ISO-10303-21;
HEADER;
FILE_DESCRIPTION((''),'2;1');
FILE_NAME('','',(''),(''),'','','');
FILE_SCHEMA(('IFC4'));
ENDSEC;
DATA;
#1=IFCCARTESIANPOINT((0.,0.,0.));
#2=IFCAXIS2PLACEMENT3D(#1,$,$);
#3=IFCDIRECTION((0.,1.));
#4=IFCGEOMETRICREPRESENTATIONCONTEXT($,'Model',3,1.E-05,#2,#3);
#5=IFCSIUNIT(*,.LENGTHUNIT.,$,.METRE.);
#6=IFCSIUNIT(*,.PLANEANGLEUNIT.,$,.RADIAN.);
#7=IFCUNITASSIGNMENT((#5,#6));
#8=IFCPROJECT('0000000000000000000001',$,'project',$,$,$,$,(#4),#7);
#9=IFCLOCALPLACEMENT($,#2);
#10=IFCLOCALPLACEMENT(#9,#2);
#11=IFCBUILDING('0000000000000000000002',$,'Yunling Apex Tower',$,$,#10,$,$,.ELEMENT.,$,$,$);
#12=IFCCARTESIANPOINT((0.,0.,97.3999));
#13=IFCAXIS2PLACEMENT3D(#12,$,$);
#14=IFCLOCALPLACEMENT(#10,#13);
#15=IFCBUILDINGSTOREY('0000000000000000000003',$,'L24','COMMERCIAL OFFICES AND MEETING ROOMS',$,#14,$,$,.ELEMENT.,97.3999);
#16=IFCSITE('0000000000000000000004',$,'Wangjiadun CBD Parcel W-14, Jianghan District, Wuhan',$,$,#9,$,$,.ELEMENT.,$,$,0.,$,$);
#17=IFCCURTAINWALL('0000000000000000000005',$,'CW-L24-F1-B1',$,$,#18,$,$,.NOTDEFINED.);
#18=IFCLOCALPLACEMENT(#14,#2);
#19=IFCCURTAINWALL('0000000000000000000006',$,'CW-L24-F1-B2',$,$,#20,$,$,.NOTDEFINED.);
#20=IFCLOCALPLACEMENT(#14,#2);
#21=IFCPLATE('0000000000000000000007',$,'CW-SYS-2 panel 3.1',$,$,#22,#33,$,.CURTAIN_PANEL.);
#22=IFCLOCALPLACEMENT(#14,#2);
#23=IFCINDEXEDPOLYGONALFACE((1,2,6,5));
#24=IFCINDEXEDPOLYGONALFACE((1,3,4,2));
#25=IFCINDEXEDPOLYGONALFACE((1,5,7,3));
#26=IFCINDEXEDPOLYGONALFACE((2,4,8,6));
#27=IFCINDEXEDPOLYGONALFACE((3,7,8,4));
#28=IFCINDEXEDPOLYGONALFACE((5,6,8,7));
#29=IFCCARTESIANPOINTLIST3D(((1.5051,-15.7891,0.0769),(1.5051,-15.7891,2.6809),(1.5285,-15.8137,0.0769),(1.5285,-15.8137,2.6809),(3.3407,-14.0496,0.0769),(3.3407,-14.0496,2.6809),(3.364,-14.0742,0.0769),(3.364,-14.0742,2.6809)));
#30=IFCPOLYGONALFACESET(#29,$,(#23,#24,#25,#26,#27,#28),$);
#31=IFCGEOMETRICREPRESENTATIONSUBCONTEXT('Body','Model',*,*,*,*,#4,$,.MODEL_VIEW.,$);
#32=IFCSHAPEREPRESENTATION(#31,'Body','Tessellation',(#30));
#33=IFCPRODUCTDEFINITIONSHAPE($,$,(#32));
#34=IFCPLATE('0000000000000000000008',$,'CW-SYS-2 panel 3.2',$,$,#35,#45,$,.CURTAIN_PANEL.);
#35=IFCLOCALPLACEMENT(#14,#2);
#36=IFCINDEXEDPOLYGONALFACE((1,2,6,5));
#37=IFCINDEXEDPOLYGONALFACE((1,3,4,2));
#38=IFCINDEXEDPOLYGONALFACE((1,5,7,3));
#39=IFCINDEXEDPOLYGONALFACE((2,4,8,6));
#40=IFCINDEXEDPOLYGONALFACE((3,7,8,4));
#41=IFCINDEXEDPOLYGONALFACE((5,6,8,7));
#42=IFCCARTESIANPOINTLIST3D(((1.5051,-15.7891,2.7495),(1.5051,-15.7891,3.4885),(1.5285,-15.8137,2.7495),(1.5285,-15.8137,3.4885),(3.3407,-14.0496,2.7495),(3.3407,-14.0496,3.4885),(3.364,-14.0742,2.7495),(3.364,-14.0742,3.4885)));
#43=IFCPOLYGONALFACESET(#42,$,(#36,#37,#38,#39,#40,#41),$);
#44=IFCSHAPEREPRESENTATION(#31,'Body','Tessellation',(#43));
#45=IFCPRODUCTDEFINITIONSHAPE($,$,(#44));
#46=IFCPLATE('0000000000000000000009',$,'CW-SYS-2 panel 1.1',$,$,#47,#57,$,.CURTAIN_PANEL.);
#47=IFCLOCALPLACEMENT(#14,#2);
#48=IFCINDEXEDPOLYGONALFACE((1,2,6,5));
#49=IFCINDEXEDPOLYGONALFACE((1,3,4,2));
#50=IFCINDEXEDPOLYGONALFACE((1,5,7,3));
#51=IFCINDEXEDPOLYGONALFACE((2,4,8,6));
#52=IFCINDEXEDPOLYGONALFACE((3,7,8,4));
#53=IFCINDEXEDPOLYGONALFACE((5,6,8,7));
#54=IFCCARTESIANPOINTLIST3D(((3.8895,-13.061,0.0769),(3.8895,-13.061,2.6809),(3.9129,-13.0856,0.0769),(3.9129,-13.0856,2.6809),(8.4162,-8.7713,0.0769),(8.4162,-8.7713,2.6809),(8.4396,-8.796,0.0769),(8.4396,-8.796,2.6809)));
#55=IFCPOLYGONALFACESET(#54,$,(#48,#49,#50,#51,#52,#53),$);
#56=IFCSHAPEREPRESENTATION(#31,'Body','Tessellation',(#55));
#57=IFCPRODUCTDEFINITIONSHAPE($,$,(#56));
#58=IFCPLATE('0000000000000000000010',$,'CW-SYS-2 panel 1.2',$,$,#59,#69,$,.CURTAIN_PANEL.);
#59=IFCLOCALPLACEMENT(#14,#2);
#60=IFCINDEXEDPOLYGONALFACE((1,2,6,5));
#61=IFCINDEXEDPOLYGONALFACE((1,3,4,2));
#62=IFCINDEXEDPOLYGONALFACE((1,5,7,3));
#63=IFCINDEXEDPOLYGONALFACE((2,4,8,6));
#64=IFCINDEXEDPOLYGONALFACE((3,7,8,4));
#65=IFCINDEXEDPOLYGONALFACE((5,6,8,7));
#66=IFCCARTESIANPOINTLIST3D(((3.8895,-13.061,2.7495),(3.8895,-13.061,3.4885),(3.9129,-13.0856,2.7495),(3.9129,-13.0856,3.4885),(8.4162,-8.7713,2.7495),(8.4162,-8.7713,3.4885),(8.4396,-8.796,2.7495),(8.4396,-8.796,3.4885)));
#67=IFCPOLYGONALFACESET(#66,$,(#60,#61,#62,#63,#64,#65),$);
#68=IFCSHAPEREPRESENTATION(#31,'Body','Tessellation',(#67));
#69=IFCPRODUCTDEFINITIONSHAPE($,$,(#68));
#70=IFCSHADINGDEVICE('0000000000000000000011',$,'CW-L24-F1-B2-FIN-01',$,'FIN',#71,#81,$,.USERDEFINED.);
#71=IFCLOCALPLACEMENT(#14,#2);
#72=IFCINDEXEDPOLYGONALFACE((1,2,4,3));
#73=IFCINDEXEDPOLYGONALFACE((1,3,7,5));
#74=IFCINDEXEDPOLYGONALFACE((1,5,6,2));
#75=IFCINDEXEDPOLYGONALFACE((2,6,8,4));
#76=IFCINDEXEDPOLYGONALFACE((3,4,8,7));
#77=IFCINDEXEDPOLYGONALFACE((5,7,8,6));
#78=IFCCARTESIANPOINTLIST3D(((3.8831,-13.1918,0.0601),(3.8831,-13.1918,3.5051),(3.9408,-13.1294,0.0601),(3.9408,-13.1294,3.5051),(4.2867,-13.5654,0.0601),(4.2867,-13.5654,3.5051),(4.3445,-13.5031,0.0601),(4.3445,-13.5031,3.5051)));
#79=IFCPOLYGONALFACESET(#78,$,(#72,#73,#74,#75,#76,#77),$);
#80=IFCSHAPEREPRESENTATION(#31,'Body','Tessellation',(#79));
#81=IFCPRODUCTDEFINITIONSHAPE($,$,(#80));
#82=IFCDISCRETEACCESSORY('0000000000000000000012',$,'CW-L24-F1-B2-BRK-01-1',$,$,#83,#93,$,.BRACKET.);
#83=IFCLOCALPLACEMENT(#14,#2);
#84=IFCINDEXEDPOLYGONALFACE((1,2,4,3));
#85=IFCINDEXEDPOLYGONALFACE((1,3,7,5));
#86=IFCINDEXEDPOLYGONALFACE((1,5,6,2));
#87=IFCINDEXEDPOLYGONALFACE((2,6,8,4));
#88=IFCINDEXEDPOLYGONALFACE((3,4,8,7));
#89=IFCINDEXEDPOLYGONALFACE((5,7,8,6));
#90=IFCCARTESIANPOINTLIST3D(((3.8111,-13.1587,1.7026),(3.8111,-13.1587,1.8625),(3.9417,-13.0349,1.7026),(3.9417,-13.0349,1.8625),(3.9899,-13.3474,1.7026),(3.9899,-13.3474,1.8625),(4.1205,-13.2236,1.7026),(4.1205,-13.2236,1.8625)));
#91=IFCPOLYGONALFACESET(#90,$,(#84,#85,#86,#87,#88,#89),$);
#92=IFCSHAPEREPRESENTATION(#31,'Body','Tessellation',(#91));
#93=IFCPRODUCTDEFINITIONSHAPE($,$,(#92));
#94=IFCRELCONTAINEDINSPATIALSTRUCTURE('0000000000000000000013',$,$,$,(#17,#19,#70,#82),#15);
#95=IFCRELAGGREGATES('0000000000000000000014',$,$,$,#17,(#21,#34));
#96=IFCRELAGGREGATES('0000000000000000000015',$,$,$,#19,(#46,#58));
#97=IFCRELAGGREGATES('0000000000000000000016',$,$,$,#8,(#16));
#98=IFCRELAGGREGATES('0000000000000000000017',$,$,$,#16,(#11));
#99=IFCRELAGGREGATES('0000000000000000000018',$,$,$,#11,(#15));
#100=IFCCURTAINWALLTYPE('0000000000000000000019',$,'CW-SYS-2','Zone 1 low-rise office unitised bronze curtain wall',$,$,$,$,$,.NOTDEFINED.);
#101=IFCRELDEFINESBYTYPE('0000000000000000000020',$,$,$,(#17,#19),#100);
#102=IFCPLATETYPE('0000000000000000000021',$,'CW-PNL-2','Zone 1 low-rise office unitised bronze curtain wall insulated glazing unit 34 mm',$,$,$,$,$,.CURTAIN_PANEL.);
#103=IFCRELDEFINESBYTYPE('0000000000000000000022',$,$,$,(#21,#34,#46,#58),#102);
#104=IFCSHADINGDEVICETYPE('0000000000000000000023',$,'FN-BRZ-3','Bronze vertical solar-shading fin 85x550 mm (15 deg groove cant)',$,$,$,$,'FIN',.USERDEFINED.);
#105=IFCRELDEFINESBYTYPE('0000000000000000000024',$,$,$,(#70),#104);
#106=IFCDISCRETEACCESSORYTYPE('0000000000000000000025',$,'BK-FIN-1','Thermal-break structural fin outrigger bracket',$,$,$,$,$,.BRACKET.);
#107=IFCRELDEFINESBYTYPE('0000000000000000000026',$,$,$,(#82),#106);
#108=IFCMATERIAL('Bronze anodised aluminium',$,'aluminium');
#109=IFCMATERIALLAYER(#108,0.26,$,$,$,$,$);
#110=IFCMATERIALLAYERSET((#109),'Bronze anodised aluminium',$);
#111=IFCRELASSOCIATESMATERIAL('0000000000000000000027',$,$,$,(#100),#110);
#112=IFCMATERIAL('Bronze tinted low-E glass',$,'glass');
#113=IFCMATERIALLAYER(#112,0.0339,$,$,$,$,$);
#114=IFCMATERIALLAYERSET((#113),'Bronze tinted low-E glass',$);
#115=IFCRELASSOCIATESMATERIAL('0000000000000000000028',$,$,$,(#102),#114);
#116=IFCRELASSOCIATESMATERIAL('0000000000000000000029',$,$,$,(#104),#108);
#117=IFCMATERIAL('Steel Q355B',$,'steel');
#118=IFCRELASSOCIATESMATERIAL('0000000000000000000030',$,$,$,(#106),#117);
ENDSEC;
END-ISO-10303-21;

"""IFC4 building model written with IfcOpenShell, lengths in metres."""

from ifc_helpers import new_model, si_unit, direction, frame, origin, origin_2d, place, context, subcontext, project, spatial, rectangle, extrude, source, transform, mapped, material, layer, layer_set, material_profile, profile_set, type_object, element, aggregate, save


model = new_model("IFC4")

# Units and contexts
model_context = context("Model", 3, precision=1e-05, world=origin(), true_north=direction((0.0, 1.0)))
body_context = subcontext(model_context, "Body", "Model", "MODEL_VIEW")
ifc_project = project(units=[si_unit("LENGTHUNIT", "METRE"), si_unit("PLANEANGLEUNIT", "RADIAN")], contexts=[model_context])

# Site, building, storey
site_placement = place(None, origin())
site = spatial("IfcSite", under=ifc_project, at=site_placement, Name="Wangjiadun CBD Parcel W-14, Jianghan District, Wuhan", CompositionType="ELEMENT", RefElevation=0.0)
building_placement = place(site_placement, origin())
building = spatial("IfcBuilding", under=site, at=building_placement, Name="Yunling Apex Tower", CompositionType="ELEMENT")
storey_placement = place(building_placement, frame((0.0, 0.0, 97.3999)))
storey = spatial("IfcBuildingStorey", under=building, at=storey_placement, Name="L24", Description="COMMERCIAL OFFICES AND MEETING ROOMS", CompositionType="ELEMENT", Elevation=97.3999)

# Shared definitions
ifc_material_1 = material(Name="Steel Q355B", Category="steel")

# Curtain walls
ifc_material_2 = material(Name="Bronze anodised aluminium", Category="aluminium")
ifc_layer_1 = layer(ifc_material_2, 0.26)
ifc_layer_set_1 = layer_set([ifc_layer_1], Name="Bronze anodised aluminium")
curtain_wall_type = type_object("IfcCurtainWallType", Name="CW-SYS-2", Description="Zone 1 low-rise office unitised bronze curtain wall", PredefinedType="NOTDEFINED", material=ifc_layer_set_1)
curtain_wall_1_placement = place(storey_placement, origin())
curtain_wall_1 = element("IfcCurtainWall", 1, at=curtain_wall_1_placement, inside=storey, type_object=curtain_wall_type, Name="CW-L24-F1-B1", PredefinedType="NOTDEFINED")
curtain_wall_2_placement = place(storey_placement, origin())
curtain_wall_2 = element("IfcCurtainWall", 2, at=curtain_wall_2_placement, inside=storey, type_object=curtain_wall_type, Name="CW-L24-F1-B2", PredefinedType="NOTDEFINED")

# Plates
ifc_material_3 = material(Name="Bronze tinted low-E glass", Category="glass")
ifc_layer_2 = layer(ifc_material_3, 0.0339)
ifc_layer_set_2 = layer_set([ifc_layer_2], Name="Bronze tinted low-E glass")
plate_type = type_object("IfcPlateType", Name="CW-PNL-2", Description="Zone 1 low-rise office unitised bronze curtain wall insulated glazing unit 34 mm", PredefinedType="CURTAIN_PANEL", material=ifc_layer_set_2)
shared_shape_1 = source(origin(), body_context, "Body", "SweptSolid", [
    extrude(rectangle(XDim=2.5288, YDim=0.0339, at=origin_2d()), origin(), (0.0, 0.0, 1.0), 2.604),
])
plate_1_placement = place(storey_placement, frame((2.4346, -14.9316, 0.0769), z_axis=(0.0, 0.0, 1.0), x_axis=(0.725842, 0.687861, 0.0)))
plate_1 = element("IfcPlate", 3, at=plate_1_placement, type_object=plate_type, Name="CW-SYS-2 panel 3.1", PredefinedType="CURTAIN_PANEL", context=body_context, shape_type="MappedRepresentation", body=[
    mapped(shared_shape_1, transform((0.0, 0.0, 0.0), scale=1.0)),
])
shared_shape_2 = source(origin(), body_context, "Body", "SweptSolid", [
    extrude(rectangle(XDim=2.5288, YDim=0.0339, at=origin_2d()), origin(), (0.0, 0.0, 1.0), 0.739),
])
plate_2_placement = place(storey_placement, frame((2.4346, -14.9316, 2.7495), z_axis=(0.0, 0.0, 1.0), x_axis=(0.725842, 0.687861, 0.0)))
plate_2 = element("IfcPlate", 4, at=plate_2_placement, type_object=plate_type, Name="CW-SYS-2 panel 3.2", PredefinedType="CURTAIN_PANEL", context=body_context, shape_type="MappedRepresentation", body=[
    mapped(shared_shape_2, transform((0.0, 0.0, 0.0), scale=1.0)),
])
aggregate(curtain_wall_1, [plate_1, plate_2])
shared_shape_3 = source(origin(), body_context, "Body", "SweptSolid", [
    extrude(rectangle(XDim=6.2363, YDim=0.0339, at=origin_2d()), origin(), (0.0, 0.0, 1.0), 2.604),
])
plate_3_placement = place(storey_placement, frame((6.1646, -10.9285, 0.0769), z_axis=(0.0, 0.0, 1.0), x_axis=(0.725858, 0.687844, 0.0)))
plate_3 = element("IfcPlate", 5, at=plate_3_placement, type_object=plate_type, Name="CW-SYS-2 panel 1.1", PredefinedType="CURTAIN_PANEL", context=body_context, shape_type="MappedRepresentation", body=[
    mapped(shared_shape_3, transform((0.0, 0.0, 0.0), scale=1.0)),
])
shared_shape_4 = source(origin(), body_context, "Body", "SweptSolid", [
    extrude(rectangle(XDim=6.2363, YDim=0.0339, at=origin_2d()), origin(), (0.0, 0.0, 1.0), 0.739),
])
plate_4_placement = place(storey_placement, frame((6.1646, -10.9285, 2.7495), z_axis=(0.0, 0.0, 1.0), x_axis=(0.725858, 0.687844, 0.0)))
plate_4 = element("IfcPlate", 6, at=plate_4_placement, type_object=plate_type, Name="CW-SYS-2 panel 1.2", PredefinedType="CURTAIN_PANEL", context=body_context, shape_type="MappedRepresentation", body=[
    mapped(shared_shape_4, transform((0.0, 0.0, 0.0), scale=1.0)),
])
aggregate(curtain_wall_2, [plate_3, plate_4])

# Shading device
ifc_material_profile_1 = material_profile(ifc_material_2, rectangle(XDim=0.085, YDim=0.55, at=origin_2d()))
ifc_profile_set_1 = profile_set([ifc_material_profile_1], Name="Bronze anodised aluminium")
shading_device_type = type_object("IfcShadingDeviceType", Name="FN-BRZ-3", Description="Bronze vertical solar-shading fin 85x550 mm (15 deg groove cant)", ElementType="FIN", PredefinedType="USERDEFINED", material=ifc_profile_set_1)
shared_shape_5 = source(origin(), body_context, "Body", "SweptSolid", [
    extrude(rectangle(XDim=0.085, YDim=0.55, at=origin_2d()), origin(), (0.0, 0.0, 1.0), 3.4451),
])
shading_device_placement = place(storey_placement, frame((4.1138, -13.3474, 0.0601), z_axis=(0.0, 0.0, 1.0), x_axis=(0.679313, 0.733848, 0.0)))
element("IfcShadingDevice", 7, at=shading_device_placement, inside=storey, type_object=shading_device_type, Name="CW-L24-F1-B2-FIN-01", ObjectType="FIN", PredefinedType="USERDEFINED", context=body_context, shape_type="MappedRepresentation", body=[
    mapped(shared_shape_5, transform((0.0, 0.0, 0.0), scale=1.0)),
])

# Discrete accessory
discrete_accessory_type = type_object("IfcDiscreteAccessoryType", Name="BK-FIN-1", Description="Thermal-break structural fin outrigger bracket", PredefinedType="BRACKET", material=ifc_material_1)
shared_shape_6 = source(origin(), body_context, "Body", "SweptSolid", [
    extrude(rectangle(XDim=0.1799, YDim=0.26, at=origin_2d()), origin(), (0.0, 0.0, 1.0), 0.1599),
])
discrete_accessory_placement = place(storey_placement, frame((3.9658, -13.1912, 1.7026), z_axis=(0.0, 0.0, 1.0), x_axis=(0.725855, 0.687848, 0.0)))
element("IfcDiscreteAccessory", 8, at=discrete_accessory_placement, inside=storey, type_object=discrete_accessory_type, Name="CW-L24-F1-B2-BRK-01-1", PredefinedType="BRACKET", context=body_context, shape_type="MappedRepresentation", body=[
    mapped(shared_shape_6, transform((0.0, 0.0, 0.0), scale=1.0)),
])

save(model, "model.ifc")
